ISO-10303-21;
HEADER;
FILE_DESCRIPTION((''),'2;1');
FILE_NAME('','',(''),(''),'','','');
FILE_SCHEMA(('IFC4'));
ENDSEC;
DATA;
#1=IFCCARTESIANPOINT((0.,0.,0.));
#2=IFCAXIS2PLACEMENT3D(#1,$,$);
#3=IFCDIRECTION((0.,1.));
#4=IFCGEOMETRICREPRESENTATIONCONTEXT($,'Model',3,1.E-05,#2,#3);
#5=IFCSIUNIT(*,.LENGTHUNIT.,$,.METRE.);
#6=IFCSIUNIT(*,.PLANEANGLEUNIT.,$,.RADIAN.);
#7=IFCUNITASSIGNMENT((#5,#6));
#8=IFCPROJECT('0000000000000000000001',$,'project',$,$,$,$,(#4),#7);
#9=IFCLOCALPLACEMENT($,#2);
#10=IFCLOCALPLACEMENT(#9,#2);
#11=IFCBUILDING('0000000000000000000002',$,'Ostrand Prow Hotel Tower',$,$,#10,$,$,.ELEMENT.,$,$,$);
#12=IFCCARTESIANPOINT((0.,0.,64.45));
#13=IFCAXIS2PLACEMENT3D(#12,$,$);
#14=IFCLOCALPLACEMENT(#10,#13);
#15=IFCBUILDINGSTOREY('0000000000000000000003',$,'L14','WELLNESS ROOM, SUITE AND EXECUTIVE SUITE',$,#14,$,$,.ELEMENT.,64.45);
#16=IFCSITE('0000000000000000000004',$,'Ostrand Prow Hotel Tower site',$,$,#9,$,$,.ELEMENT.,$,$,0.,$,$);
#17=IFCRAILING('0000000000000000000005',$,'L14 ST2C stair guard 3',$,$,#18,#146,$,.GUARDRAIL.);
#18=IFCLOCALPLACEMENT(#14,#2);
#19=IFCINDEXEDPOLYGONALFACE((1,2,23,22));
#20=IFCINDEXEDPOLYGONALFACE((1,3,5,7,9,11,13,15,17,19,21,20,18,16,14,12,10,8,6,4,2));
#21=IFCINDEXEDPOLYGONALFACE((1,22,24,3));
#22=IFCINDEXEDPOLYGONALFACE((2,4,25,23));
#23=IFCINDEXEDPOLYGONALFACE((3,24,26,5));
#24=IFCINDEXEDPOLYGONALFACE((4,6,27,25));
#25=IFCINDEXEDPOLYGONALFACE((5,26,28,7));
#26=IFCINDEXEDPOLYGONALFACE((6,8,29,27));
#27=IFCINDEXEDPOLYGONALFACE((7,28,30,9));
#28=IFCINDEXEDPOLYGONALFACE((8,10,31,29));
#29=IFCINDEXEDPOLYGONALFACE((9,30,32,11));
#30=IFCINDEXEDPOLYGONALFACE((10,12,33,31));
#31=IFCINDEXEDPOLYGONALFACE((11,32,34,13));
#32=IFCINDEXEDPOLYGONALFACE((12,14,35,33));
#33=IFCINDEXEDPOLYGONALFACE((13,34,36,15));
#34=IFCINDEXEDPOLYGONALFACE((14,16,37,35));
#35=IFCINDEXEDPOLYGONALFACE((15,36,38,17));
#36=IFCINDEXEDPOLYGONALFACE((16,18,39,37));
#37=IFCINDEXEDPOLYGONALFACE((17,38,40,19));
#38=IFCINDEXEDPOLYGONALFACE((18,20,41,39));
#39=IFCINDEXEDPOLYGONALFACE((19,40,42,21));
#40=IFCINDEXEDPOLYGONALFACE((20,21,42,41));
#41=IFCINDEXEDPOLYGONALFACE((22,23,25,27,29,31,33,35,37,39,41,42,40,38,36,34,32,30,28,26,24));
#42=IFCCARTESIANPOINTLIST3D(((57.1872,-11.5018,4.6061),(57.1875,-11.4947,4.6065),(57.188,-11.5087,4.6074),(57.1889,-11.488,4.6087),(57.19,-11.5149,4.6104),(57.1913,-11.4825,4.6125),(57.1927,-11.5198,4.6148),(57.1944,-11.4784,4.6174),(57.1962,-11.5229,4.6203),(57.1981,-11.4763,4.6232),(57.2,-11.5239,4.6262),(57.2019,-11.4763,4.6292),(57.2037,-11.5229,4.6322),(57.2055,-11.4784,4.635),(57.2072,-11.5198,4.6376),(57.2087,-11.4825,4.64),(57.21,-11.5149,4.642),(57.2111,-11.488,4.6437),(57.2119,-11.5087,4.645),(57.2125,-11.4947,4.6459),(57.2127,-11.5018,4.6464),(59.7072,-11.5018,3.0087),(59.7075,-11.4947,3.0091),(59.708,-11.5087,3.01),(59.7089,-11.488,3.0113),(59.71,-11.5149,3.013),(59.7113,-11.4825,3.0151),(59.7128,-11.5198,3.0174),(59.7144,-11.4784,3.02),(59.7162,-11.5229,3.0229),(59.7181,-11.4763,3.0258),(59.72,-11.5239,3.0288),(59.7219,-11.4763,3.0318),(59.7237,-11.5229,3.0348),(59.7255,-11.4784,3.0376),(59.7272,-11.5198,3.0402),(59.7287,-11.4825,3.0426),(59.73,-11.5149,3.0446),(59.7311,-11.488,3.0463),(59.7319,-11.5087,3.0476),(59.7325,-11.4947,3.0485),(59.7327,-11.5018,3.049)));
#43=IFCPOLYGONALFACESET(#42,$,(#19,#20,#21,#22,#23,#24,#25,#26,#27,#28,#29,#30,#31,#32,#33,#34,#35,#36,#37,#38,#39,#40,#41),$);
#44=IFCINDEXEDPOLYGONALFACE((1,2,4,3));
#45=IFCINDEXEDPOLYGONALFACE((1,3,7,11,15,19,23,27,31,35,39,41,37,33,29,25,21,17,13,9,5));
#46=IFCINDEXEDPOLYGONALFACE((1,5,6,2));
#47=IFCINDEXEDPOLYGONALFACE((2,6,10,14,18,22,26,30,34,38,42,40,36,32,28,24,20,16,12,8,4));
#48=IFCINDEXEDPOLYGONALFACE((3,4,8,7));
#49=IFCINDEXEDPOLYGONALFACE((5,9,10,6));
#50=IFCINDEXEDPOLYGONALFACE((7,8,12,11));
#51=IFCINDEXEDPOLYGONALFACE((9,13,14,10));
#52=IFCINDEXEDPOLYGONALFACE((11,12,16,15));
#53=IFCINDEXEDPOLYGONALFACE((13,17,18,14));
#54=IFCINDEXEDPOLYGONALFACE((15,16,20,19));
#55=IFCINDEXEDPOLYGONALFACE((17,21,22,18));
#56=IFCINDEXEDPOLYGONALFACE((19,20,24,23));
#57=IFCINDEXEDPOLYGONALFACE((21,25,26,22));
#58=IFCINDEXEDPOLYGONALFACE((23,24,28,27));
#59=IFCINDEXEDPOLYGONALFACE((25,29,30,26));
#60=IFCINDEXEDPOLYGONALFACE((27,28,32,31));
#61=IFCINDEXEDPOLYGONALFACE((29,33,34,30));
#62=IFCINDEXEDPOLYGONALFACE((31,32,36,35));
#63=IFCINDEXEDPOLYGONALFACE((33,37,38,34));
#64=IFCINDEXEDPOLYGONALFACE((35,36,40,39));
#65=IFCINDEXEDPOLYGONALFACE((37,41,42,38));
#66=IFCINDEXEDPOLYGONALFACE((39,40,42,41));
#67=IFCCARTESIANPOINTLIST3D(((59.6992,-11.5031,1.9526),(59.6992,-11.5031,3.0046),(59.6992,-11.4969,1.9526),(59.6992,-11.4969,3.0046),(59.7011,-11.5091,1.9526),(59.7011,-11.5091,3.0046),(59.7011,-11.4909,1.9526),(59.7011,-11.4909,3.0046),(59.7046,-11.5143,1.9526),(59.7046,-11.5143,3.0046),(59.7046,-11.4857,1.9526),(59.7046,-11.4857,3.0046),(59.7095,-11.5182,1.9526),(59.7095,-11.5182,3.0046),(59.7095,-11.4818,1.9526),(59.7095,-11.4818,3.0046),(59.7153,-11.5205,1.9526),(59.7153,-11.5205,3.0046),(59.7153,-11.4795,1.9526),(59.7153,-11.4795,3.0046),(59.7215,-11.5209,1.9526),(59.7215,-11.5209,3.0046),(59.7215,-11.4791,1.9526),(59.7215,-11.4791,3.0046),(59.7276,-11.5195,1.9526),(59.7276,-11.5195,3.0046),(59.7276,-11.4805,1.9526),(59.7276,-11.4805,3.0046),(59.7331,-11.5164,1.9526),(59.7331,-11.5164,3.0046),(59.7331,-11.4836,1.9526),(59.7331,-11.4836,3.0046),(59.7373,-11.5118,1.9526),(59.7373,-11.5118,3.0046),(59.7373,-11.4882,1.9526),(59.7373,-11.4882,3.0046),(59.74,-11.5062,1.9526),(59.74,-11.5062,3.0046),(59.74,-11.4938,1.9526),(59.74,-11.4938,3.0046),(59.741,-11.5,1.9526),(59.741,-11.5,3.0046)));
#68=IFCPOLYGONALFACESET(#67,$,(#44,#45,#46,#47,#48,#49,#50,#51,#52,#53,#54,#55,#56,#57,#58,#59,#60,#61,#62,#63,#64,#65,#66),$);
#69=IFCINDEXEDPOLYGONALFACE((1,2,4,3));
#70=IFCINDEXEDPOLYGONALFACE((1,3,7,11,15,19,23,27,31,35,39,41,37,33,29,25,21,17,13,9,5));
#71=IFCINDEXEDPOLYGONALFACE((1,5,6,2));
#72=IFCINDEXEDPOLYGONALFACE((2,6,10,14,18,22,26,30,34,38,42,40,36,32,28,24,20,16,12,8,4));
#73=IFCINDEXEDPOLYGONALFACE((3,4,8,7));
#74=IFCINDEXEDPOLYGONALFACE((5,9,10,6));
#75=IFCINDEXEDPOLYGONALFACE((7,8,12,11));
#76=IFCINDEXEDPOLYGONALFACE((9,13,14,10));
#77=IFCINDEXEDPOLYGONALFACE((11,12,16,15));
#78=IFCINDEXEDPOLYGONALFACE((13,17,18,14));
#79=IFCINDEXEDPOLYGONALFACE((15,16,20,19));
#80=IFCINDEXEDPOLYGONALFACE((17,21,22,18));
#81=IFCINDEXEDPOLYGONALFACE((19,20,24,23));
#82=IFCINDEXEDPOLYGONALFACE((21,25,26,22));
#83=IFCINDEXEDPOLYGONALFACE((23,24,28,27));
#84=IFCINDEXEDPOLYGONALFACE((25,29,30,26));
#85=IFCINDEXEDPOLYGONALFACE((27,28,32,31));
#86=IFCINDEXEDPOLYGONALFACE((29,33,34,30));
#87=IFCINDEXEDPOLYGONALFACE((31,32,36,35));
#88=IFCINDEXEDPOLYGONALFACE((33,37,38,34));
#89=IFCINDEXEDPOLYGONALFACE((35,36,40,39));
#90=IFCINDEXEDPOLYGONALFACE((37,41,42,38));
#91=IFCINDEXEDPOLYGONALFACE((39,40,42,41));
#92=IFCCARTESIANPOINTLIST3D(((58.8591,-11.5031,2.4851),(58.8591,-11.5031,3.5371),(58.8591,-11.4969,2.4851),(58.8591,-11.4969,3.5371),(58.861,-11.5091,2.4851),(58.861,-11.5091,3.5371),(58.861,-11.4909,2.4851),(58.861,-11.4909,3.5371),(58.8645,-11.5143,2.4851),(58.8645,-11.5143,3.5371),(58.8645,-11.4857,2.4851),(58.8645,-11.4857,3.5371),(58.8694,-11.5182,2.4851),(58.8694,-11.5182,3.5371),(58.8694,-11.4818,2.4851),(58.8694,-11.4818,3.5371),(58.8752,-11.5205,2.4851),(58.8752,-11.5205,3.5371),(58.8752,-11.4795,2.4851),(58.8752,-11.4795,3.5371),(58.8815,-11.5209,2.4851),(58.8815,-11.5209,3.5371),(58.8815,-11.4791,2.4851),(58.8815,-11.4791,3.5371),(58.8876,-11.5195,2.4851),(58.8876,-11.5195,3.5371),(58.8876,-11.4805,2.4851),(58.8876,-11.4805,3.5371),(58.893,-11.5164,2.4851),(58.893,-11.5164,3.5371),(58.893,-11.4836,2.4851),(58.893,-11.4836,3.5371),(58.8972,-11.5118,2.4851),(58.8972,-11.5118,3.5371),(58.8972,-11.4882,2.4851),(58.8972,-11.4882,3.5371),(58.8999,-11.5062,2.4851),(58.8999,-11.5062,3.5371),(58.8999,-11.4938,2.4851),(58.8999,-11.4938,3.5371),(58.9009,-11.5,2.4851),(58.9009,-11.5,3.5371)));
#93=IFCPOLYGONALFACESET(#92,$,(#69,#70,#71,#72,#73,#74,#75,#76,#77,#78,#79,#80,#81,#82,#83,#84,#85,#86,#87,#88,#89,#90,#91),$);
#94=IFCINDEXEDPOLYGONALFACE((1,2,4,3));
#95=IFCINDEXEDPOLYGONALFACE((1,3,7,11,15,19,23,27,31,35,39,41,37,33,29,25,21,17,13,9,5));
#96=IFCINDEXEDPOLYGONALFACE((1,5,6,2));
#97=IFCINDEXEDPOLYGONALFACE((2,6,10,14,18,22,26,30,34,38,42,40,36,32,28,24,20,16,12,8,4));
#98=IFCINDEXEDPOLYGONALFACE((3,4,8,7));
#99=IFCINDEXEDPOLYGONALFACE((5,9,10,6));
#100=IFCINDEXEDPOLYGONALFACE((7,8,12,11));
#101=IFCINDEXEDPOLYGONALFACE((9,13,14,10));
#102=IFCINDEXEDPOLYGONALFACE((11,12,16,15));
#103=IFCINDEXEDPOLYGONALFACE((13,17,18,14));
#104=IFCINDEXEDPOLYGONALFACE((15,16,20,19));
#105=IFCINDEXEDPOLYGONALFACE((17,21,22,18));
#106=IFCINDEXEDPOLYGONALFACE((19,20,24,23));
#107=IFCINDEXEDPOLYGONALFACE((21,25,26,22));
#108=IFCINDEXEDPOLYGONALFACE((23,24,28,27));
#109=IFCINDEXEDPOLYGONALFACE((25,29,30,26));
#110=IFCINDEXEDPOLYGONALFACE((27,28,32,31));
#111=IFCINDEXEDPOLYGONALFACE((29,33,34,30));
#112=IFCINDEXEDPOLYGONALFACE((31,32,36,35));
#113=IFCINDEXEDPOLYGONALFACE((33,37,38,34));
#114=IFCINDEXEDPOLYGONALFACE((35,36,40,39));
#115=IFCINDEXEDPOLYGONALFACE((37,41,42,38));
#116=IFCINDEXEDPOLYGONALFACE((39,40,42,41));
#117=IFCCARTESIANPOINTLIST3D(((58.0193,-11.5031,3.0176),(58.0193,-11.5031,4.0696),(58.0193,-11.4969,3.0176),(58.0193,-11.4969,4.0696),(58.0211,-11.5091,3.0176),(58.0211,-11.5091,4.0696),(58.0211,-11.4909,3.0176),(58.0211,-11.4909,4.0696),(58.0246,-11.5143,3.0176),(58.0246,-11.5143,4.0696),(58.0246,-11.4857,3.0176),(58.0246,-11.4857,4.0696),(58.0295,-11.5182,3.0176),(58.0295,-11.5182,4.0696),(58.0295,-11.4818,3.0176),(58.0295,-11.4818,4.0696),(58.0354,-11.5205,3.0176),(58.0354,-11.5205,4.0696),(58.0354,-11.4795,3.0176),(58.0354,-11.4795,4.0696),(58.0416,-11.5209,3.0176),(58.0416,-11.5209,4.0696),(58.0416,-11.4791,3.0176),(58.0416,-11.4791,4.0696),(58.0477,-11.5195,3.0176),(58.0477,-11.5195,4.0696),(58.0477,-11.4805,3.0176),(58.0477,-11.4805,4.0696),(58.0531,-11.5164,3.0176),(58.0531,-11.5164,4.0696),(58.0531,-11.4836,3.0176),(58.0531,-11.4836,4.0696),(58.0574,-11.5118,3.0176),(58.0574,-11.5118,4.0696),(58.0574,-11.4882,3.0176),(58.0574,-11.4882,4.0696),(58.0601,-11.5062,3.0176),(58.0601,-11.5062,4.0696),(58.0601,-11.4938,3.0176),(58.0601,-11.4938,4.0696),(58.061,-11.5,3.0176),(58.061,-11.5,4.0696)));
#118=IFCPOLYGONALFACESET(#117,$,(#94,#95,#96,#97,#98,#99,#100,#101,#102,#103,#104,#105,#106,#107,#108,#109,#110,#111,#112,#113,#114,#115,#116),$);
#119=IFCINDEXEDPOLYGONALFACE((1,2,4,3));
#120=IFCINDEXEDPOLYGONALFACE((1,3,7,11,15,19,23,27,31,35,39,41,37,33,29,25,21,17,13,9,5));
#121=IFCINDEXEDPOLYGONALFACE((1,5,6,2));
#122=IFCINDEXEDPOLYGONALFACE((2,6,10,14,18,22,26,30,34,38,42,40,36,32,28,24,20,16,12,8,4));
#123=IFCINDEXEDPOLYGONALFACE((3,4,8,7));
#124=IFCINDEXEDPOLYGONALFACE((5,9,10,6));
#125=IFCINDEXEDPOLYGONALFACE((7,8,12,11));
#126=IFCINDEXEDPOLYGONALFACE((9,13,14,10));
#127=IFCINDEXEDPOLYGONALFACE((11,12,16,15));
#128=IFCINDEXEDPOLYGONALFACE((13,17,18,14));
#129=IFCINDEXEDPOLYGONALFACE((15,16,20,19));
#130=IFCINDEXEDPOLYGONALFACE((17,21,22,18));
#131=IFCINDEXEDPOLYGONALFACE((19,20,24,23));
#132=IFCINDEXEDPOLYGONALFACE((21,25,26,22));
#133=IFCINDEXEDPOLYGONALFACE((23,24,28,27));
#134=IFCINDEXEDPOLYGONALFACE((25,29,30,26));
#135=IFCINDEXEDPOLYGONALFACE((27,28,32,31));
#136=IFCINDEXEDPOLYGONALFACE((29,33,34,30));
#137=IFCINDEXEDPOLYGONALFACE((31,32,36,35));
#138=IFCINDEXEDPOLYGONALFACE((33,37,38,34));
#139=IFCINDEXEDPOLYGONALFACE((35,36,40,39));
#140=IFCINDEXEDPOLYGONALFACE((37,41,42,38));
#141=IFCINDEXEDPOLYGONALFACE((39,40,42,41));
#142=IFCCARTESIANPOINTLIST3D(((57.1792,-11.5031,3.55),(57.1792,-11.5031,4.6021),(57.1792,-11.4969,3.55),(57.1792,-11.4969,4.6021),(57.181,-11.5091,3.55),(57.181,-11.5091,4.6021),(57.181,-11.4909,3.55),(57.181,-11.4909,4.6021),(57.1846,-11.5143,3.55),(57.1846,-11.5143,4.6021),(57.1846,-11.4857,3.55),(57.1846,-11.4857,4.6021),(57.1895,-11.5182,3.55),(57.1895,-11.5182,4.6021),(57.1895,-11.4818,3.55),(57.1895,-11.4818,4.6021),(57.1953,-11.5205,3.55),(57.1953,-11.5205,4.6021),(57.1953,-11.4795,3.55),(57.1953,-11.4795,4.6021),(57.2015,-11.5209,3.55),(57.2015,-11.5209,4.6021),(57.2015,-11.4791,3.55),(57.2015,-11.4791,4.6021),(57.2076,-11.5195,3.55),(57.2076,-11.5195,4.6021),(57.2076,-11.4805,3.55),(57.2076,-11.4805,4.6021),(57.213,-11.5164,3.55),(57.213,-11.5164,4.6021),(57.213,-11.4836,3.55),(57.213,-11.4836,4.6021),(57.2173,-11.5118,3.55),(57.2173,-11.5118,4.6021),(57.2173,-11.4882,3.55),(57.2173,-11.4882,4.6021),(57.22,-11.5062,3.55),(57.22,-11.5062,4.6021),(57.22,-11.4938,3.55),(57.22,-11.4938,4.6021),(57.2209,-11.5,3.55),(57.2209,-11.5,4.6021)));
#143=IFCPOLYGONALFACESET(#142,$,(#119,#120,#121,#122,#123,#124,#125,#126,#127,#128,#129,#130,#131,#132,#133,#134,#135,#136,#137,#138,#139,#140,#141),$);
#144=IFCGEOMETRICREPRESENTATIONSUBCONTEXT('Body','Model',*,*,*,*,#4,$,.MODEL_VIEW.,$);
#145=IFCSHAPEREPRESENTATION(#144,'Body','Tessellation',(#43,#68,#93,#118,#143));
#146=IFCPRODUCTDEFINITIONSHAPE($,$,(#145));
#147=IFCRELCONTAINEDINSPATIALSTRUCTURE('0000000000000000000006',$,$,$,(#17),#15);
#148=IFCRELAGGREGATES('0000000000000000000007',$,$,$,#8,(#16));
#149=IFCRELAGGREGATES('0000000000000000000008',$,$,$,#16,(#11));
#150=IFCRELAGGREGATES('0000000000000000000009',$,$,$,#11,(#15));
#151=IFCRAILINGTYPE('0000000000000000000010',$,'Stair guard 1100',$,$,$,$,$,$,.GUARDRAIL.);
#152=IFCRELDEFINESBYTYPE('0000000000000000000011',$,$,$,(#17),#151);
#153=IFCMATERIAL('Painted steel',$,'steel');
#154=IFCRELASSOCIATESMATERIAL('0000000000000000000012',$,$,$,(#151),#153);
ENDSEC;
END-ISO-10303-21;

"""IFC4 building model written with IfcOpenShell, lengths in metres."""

from ifc_helpers import new_model, si_unit, direction, frame, origin, origin_2d, place, context, subcontext, project, spatial, circle, extrude, material, type_object, element, save


model = new_model("IFC4")

# Units and contexts
model_context = context("Model", 3, precision=1e-05, world=origin(), true_north=direction((0.0, 1.0)))
body_context = subcontext(model_context, "Body", "Model", "MODEL_VIEW")
ifc_project = project(units=[si_unit("LENGTHUNIT", "METRE"), si_unit("PLANEANGLEUNIT", "RADIAN")], contexts=[model_context])

# Site, building, storey
site_placement = place(None, origin())
site = spatial("IfcSite", under=ifc_project, at=site_placement, Name="Ostrand Prow Hotel Tower site", CompositionType="ELEMENT", RefElevation=0.0)
building_placement = place(site_placement, origin())
building = spatial("IfcBuilding", under=site, at=building_placement, Name="Ostrand Prow Hotel Tower", CompositionType="ELEMENT")
storey_placement = place(building_placement, frame((0.0, 0.0, 64.45)))
storey = spatial("IfcBuildingStorey", under=building, at=storey_placement, Name="L14", Description="WELLNESS ROOM, SUITE AND EXECUTIVE SUITE", CompositionType="ELEMENT", Elevation=64.45)

# Railing
ifc_material_1 = material(Name="Painted steel", Category="steel")
railing_type_1 = type_object("IfcRailingType", Name="Stair guard 1100", PredefinedType="GUARDRAIL", material=ifc_material_1)
railing_1_placement = place(storey_placement, frame((59.72, -11.5, 1.9526)))
element("IfcRailing", 1, at=railing_1_placement, inside=storey, type_object=railing_type_1, Name="L14 ST2C stair guard 3", PredefinedType="GUARDRAIL", context=body_context, shape_type="SweptSolid", body=[
    extrude(circle(Radius=0.0239, at=origin_2d()), frame((0.0, 0.0, 1.0762), z_axis=(-0.844607, 0.0, 0.535387), x_axis=(0.0, -1.0, 0.0)), (0.0, 0.0, 1.0), 2.9836),
    extrude(circle(Radius=0.021, at=origin_2d()), origin(), (0.0, 0.0, 1.0), 1.052),
    extrude(circle(Radius=0.021, at=origin_2d()), frame((-0.8401, 0.0, 0.5325)), (0.0, 0.0, 1.0), 1.052),
    extrude(circle(Radius=0.021, at=origin_2d()), frame((-1.6799, 0.0, 1.0649)), (0.0, 0.0, 1.0), 1.052),
    extrude(circle(Radius=0.021, at=origin_2d()), frame((-2.52, 0.0, 1.5974)), (0.0, 0.0, 1.0), 1.052),
])

save(model, "model.ifc")
